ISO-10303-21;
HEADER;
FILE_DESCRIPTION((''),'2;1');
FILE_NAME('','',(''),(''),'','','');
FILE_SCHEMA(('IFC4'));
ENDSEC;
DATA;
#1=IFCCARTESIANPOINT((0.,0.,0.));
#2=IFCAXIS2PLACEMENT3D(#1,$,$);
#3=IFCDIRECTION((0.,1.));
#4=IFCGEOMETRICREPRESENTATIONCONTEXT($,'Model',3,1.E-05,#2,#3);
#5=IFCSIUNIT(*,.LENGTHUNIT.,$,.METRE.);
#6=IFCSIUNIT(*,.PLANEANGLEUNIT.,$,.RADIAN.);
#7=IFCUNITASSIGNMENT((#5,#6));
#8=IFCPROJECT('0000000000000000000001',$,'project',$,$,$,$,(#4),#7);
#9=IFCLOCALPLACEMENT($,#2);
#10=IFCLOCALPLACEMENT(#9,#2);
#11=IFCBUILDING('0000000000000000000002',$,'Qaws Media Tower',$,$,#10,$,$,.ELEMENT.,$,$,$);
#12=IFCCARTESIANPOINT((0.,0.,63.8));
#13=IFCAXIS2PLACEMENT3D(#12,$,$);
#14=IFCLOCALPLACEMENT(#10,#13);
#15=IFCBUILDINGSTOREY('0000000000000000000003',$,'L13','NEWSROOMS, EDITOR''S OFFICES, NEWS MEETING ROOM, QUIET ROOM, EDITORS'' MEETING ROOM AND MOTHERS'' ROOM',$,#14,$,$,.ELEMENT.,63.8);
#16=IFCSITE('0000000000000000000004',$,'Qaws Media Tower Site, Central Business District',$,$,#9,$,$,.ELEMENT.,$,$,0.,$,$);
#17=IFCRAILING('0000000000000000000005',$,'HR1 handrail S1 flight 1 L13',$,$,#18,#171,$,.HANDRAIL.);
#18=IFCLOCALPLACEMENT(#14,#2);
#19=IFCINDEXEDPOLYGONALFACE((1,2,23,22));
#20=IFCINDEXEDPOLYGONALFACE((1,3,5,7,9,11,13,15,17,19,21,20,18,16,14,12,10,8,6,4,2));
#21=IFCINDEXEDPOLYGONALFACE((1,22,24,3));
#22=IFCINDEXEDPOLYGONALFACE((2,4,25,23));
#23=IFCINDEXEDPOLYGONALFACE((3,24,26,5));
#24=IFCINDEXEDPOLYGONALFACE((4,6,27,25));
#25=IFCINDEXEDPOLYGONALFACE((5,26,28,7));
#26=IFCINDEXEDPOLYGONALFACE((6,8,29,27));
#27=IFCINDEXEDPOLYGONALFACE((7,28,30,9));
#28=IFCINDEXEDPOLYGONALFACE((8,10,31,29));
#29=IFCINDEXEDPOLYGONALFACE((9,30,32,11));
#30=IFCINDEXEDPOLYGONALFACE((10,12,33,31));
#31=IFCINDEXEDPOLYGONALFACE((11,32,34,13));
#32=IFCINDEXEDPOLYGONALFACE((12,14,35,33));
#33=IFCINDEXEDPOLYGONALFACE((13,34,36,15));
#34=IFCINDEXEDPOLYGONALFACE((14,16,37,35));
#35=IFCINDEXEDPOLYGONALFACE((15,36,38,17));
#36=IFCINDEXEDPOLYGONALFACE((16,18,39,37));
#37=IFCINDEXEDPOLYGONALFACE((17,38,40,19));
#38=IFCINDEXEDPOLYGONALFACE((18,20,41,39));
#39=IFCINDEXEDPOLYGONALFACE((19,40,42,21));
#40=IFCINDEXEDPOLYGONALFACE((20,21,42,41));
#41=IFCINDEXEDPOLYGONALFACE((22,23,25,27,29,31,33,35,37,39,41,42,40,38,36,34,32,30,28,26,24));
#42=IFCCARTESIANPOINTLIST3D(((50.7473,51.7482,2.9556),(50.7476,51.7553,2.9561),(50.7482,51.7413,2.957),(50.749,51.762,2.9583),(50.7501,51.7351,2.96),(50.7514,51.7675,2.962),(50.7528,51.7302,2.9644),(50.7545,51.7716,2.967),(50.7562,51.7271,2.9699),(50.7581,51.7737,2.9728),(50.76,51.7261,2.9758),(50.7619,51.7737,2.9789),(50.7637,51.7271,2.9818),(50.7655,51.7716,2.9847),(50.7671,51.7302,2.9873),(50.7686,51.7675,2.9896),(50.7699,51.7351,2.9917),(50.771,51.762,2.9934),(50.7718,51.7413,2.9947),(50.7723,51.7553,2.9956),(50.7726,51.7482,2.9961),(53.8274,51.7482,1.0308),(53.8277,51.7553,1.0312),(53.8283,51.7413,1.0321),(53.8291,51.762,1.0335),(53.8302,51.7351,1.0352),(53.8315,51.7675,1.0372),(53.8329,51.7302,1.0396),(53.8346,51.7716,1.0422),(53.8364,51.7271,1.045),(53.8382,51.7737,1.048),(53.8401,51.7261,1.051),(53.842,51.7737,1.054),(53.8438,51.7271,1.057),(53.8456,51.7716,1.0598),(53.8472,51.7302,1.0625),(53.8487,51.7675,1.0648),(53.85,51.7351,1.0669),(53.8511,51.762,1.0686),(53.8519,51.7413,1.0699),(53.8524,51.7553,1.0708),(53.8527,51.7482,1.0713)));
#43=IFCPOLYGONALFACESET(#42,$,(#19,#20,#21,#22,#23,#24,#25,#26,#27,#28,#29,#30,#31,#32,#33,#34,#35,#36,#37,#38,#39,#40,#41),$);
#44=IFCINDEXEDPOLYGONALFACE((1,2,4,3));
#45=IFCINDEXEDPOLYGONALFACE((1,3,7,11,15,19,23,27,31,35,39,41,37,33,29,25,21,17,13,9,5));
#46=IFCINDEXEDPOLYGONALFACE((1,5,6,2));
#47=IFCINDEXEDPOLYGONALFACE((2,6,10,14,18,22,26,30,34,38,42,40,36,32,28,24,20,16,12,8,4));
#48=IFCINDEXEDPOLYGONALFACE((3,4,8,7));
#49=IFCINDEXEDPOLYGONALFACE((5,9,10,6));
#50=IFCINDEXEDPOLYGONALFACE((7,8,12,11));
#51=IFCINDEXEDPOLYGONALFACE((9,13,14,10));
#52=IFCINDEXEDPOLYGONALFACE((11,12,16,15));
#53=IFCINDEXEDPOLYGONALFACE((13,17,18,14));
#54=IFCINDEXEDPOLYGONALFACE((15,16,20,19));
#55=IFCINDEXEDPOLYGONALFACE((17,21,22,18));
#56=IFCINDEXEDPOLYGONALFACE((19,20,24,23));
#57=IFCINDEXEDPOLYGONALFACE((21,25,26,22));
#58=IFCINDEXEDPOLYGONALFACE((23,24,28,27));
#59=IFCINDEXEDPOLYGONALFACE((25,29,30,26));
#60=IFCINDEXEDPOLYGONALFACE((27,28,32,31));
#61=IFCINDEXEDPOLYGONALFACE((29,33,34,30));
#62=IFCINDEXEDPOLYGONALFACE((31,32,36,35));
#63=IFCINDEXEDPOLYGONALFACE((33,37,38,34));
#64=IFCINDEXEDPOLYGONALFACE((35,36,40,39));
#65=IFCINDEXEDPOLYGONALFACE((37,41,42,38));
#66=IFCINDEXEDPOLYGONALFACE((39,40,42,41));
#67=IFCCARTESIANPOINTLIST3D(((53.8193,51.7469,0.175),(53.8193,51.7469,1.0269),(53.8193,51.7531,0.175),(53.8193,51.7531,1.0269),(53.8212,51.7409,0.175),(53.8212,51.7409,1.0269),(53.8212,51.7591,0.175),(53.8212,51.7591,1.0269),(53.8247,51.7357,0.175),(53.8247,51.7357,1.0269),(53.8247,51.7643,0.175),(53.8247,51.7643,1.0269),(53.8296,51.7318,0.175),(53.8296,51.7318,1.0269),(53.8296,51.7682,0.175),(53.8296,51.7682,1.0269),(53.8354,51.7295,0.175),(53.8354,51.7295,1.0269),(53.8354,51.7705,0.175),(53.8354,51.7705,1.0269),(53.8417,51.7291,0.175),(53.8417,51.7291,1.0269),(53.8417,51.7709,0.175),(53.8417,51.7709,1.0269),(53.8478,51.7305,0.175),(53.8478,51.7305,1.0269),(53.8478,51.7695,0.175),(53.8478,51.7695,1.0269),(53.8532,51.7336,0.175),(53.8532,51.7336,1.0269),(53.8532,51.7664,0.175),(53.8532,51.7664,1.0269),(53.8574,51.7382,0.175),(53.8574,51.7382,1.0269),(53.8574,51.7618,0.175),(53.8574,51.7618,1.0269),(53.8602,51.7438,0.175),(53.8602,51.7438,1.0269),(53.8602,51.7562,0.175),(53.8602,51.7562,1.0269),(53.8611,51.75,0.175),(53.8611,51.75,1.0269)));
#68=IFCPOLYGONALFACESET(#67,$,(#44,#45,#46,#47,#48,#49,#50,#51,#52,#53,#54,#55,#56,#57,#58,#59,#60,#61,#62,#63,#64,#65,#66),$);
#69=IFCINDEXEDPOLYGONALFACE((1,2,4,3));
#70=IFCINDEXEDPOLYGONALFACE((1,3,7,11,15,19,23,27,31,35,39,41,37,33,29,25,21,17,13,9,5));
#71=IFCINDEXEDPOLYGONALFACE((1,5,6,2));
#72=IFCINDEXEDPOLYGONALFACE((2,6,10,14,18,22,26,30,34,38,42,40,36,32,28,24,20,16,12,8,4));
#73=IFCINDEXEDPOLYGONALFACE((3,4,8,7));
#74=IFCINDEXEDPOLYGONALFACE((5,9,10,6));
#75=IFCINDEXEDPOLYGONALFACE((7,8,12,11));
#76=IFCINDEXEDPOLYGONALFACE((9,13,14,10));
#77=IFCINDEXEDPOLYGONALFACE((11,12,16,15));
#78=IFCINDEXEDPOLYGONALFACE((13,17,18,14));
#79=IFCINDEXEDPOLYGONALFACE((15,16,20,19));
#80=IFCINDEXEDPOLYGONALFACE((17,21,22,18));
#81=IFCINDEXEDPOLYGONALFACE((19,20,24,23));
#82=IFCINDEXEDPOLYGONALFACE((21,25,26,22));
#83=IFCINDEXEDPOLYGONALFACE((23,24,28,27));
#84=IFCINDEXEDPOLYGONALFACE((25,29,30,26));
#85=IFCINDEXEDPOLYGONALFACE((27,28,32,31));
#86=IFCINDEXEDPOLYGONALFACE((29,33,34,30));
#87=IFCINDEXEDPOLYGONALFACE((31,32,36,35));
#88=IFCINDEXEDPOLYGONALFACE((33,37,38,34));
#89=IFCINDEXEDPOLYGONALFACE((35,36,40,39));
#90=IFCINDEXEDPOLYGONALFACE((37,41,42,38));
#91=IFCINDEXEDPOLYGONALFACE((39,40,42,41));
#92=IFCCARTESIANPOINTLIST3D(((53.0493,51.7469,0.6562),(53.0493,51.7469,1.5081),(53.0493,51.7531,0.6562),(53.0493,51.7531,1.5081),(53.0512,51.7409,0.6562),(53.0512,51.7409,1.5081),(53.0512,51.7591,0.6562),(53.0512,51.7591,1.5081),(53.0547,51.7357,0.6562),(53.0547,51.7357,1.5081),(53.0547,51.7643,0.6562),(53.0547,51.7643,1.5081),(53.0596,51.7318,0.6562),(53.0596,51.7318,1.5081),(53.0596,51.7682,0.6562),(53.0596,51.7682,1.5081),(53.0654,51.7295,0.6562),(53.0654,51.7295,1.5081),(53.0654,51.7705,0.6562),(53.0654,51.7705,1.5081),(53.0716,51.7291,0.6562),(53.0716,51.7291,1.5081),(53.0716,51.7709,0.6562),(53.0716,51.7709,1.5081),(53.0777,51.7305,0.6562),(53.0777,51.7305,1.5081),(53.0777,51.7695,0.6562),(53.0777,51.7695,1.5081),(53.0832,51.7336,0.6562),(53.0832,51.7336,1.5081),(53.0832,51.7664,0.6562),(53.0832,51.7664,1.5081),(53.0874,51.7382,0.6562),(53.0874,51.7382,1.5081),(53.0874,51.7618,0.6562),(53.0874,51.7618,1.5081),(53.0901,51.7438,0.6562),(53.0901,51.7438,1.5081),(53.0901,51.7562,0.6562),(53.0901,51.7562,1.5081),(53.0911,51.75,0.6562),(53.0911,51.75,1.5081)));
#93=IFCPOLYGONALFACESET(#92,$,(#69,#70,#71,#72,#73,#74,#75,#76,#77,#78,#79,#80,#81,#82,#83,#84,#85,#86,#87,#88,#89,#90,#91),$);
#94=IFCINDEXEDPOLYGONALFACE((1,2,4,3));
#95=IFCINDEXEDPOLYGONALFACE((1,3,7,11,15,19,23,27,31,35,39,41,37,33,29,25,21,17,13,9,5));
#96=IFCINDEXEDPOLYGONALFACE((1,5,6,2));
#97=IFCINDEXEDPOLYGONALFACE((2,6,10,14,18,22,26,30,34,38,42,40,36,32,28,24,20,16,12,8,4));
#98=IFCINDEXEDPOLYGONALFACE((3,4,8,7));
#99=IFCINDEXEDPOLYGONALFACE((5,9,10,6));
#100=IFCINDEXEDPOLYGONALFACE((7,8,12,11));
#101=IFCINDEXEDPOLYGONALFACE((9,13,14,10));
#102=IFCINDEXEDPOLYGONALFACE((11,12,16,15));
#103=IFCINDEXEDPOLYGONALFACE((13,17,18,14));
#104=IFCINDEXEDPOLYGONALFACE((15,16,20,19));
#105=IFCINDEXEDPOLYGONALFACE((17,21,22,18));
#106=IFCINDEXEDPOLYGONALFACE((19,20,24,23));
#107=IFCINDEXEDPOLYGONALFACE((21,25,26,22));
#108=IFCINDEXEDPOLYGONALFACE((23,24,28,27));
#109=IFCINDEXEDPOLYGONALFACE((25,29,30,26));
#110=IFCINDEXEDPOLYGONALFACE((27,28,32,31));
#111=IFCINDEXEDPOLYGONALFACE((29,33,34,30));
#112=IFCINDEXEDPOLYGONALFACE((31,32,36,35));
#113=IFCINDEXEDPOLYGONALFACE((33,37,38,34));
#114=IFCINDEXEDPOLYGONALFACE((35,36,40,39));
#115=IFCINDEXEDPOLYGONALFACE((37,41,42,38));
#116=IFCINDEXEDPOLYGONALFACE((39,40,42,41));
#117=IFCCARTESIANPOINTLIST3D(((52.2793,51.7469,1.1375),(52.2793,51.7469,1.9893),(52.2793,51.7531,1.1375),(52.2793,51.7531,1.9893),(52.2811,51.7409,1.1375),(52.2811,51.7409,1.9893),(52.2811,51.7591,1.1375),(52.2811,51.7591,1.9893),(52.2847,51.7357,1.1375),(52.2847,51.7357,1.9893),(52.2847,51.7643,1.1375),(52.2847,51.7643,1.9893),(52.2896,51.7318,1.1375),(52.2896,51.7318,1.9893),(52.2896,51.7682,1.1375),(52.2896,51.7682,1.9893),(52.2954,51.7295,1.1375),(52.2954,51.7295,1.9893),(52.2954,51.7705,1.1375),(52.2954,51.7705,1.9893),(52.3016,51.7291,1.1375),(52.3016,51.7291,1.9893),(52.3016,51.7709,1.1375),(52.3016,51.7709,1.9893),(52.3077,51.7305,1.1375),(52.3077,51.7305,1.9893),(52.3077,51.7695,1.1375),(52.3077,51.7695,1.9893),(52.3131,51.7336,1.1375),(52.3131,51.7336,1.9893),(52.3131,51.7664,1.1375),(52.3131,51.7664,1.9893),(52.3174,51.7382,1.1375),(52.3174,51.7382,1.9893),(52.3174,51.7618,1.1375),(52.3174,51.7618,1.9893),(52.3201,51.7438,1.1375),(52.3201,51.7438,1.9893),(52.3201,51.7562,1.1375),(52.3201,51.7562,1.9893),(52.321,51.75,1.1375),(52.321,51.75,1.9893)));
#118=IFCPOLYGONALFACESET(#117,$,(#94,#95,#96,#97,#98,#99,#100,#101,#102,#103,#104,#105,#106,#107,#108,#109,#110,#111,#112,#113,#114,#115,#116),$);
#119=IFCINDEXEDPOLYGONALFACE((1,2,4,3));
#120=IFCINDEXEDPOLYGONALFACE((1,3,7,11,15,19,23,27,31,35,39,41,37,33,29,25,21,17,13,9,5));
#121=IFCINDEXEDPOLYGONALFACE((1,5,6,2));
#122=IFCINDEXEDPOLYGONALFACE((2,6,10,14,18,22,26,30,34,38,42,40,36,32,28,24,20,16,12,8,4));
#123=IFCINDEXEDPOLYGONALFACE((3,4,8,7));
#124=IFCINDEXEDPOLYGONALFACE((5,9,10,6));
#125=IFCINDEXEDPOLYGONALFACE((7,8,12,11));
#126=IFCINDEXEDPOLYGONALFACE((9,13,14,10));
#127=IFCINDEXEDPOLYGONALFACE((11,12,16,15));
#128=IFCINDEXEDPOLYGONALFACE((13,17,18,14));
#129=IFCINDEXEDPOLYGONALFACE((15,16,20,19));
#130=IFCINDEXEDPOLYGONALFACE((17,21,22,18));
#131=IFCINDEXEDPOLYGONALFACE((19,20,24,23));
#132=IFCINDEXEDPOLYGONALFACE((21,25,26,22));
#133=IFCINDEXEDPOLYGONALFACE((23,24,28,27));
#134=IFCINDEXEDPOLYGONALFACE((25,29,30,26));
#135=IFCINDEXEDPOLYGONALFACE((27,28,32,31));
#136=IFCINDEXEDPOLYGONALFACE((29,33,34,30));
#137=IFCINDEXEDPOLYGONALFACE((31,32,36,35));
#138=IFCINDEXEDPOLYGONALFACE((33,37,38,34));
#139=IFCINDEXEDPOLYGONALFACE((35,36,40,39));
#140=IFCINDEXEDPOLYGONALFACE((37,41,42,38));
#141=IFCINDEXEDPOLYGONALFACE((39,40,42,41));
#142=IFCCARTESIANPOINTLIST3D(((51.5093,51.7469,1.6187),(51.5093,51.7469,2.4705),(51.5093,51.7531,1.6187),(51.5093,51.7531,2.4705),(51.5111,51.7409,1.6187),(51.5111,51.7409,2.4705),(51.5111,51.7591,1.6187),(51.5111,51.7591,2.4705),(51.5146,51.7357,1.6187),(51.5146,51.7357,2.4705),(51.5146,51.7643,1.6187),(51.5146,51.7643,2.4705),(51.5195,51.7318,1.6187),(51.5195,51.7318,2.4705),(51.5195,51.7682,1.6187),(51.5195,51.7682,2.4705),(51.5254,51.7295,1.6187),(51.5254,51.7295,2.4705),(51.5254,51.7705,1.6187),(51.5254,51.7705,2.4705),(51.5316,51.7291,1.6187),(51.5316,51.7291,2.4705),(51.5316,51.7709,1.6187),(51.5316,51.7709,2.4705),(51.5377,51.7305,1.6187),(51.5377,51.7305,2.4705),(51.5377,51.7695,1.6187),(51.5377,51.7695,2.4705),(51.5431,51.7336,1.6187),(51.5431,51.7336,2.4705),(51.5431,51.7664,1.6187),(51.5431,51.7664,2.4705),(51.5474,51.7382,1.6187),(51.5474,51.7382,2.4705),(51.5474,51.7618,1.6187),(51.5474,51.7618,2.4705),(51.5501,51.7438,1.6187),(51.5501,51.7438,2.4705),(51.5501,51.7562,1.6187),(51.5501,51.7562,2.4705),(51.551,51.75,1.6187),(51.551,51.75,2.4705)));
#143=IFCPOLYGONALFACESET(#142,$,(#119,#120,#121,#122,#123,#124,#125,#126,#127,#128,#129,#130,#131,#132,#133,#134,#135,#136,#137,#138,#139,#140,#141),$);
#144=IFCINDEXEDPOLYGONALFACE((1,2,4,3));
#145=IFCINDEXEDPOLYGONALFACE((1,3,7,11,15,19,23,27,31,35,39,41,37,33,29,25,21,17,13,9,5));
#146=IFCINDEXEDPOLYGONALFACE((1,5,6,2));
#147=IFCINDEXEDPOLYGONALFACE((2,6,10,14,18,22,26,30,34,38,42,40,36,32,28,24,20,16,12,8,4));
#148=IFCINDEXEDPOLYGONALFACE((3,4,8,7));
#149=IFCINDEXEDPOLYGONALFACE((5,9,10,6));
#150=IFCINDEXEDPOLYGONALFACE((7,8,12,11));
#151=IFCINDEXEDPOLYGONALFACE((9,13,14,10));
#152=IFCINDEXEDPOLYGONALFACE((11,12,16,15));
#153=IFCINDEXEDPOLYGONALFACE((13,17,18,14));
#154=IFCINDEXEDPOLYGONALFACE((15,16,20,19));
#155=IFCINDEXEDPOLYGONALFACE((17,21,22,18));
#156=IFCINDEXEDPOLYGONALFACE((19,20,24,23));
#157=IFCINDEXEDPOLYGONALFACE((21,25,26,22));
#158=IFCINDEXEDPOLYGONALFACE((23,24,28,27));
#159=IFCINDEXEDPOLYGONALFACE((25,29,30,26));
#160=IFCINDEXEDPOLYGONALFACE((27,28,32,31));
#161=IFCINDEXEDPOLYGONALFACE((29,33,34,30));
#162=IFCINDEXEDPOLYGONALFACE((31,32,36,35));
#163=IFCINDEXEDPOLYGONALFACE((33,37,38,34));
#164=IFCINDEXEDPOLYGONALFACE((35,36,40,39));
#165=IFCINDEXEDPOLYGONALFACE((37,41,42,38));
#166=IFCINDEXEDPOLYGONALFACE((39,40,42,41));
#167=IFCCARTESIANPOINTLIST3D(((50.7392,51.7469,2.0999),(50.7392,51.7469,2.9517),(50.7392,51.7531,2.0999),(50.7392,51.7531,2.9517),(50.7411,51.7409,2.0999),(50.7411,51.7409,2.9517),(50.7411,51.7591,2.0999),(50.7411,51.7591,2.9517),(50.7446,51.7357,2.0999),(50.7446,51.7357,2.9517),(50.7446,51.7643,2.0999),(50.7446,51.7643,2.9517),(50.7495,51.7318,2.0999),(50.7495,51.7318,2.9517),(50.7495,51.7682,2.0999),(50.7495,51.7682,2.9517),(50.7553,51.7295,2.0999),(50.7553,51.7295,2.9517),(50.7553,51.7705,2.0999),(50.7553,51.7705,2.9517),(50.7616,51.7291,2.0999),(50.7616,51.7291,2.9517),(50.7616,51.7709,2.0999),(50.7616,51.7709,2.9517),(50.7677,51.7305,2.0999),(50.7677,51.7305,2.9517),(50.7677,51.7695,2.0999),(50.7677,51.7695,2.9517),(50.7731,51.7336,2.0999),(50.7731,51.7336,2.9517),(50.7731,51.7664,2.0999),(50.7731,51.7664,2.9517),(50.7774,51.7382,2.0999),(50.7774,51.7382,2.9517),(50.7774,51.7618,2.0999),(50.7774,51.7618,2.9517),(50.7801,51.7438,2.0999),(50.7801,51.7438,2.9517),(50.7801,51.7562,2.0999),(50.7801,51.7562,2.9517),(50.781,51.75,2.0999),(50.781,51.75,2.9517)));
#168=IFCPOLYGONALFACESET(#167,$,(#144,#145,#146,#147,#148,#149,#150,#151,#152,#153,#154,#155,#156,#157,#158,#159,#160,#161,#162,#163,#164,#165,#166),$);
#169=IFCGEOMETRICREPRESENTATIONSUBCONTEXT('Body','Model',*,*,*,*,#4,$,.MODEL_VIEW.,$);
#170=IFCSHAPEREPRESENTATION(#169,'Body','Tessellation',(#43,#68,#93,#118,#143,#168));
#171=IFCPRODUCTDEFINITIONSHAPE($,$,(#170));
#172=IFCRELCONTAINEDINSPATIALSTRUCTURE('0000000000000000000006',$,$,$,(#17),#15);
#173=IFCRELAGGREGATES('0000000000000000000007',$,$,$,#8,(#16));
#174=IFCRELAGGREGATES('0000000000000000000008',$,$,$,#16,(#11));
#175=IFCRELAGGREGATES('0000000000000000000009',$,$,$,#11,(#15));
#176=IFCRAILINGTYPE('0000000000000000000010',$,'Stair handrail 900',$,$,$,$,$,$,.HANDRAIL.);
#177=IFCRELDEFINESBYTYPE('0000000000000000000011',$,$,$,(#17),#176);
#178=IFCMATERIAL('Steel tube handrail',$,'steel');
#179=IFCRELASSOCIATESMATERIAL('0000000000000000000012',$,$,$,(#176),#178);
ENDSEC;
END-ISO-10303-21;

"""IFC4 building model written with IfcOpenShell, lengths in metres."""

from ifc_helpers import new_model, si_unit, direction, frame, origin, origin_2d, place, context, subcontext, project, spatial, circle, extrude, material, type_object, element, save


model = new_model("IFC4")

# Units and contexts
model_context = context("Model", 3, precision=1e-05, world=origin(), true_north=direction((0.0, 1.0)))
body_context = subcontext(model_context, "Body", "Model", "MODEL_VIEW")
ifc_project = project(units=[si_unit("LENGTHUNIT", "METRE"), si_unit("PLANEANGLEUNIT", "RADIAN")], contexts=[model_context])

# Site, building, storey
site_placement = place(None, origin())
site = spatial("IfcSite", under=ifc_project, at=site_placement, Name="Qaws Media Tower Site, Central Business District", CompositionType="ELEMENT", RefElevation=0.0)
building_placement = place(site_placement, origin())
building = spatial("IfcBuilding", under=site, at=building_placement, Name="Qaws Media Tower", CompositionType="ELEMENT")
storey_placement = place(building_placement, frame((0.0, 0.0, 63.8)))
storey = spatial("IfcBuildingStorey", under=building, at=storey_placement, Name="L13", Description="NEWSROOMS, EDITOR'S OFFICES, NEWS MEETING ROOM, QUIET ROOM, EDITORS' MEETING ROOM AND MOTHERS' ROOM", CompositionType="ELEMENT", Elevation=63.8)

# Railing
ifc_material_1 = material(Name="Steel tube handrail", Category="steel")
railing_type = type_object("IfcRailingType", Name="Stair handrail 900", PredefinedType="HANDRAIL", material=ifc_material_1)
for number, where, name in (
    (1, (53.8401, 51.75, 0.175), "HR1 handrail S1 flight 1 L13"),
):
    element("IfcRailing", number, at=place(storey_placement, frame(where)), inside=storey, type_object=railing_type, Name=name, PredefinedType="HANDRAIL", context=body_context, shape_type="SweptSolid", body=[
        extrude(circle(Radius=0.0239, at=origin_2d()), frame((0.0, 0.0, 0.876), z_axis=(-0.848029, 0.0, 0.529951), x_axis=(0.0, -1.0, 0.0)), (0.0, 0.0, 1.0), 3.6321),
        extrude(circle(Radius=0.021, at=origin_2d()), origin(), (0.0, 0.0, 1.0), 0.8518),
        extrude(circle(Radius=0.021, at=origin_2d()), frame((-0.77, 0.0, 0.4812)), (0.0, 0.0, 1.0), 0.8518),
        extrude(circle(Radius=0.021, at=origin_2d()), frame((-1.54, 0.0, 0.9624)), (0.0, 0.0, 1.0), 0.8518),
        extrude(circle(Radius=0.021, at=origin_2d()), frame((-2.3101, 0.0, 1.4436)), (0.0, 0.0, 1.0), 0.8518),
        extrude(circle(Radius=0.021, at=origin_2d()), frame((-3.0801, 0.0, 1.9248)), (0.0, 0.0, 1.0), 0.8518),
    ])

save(model, "model.ifc")
